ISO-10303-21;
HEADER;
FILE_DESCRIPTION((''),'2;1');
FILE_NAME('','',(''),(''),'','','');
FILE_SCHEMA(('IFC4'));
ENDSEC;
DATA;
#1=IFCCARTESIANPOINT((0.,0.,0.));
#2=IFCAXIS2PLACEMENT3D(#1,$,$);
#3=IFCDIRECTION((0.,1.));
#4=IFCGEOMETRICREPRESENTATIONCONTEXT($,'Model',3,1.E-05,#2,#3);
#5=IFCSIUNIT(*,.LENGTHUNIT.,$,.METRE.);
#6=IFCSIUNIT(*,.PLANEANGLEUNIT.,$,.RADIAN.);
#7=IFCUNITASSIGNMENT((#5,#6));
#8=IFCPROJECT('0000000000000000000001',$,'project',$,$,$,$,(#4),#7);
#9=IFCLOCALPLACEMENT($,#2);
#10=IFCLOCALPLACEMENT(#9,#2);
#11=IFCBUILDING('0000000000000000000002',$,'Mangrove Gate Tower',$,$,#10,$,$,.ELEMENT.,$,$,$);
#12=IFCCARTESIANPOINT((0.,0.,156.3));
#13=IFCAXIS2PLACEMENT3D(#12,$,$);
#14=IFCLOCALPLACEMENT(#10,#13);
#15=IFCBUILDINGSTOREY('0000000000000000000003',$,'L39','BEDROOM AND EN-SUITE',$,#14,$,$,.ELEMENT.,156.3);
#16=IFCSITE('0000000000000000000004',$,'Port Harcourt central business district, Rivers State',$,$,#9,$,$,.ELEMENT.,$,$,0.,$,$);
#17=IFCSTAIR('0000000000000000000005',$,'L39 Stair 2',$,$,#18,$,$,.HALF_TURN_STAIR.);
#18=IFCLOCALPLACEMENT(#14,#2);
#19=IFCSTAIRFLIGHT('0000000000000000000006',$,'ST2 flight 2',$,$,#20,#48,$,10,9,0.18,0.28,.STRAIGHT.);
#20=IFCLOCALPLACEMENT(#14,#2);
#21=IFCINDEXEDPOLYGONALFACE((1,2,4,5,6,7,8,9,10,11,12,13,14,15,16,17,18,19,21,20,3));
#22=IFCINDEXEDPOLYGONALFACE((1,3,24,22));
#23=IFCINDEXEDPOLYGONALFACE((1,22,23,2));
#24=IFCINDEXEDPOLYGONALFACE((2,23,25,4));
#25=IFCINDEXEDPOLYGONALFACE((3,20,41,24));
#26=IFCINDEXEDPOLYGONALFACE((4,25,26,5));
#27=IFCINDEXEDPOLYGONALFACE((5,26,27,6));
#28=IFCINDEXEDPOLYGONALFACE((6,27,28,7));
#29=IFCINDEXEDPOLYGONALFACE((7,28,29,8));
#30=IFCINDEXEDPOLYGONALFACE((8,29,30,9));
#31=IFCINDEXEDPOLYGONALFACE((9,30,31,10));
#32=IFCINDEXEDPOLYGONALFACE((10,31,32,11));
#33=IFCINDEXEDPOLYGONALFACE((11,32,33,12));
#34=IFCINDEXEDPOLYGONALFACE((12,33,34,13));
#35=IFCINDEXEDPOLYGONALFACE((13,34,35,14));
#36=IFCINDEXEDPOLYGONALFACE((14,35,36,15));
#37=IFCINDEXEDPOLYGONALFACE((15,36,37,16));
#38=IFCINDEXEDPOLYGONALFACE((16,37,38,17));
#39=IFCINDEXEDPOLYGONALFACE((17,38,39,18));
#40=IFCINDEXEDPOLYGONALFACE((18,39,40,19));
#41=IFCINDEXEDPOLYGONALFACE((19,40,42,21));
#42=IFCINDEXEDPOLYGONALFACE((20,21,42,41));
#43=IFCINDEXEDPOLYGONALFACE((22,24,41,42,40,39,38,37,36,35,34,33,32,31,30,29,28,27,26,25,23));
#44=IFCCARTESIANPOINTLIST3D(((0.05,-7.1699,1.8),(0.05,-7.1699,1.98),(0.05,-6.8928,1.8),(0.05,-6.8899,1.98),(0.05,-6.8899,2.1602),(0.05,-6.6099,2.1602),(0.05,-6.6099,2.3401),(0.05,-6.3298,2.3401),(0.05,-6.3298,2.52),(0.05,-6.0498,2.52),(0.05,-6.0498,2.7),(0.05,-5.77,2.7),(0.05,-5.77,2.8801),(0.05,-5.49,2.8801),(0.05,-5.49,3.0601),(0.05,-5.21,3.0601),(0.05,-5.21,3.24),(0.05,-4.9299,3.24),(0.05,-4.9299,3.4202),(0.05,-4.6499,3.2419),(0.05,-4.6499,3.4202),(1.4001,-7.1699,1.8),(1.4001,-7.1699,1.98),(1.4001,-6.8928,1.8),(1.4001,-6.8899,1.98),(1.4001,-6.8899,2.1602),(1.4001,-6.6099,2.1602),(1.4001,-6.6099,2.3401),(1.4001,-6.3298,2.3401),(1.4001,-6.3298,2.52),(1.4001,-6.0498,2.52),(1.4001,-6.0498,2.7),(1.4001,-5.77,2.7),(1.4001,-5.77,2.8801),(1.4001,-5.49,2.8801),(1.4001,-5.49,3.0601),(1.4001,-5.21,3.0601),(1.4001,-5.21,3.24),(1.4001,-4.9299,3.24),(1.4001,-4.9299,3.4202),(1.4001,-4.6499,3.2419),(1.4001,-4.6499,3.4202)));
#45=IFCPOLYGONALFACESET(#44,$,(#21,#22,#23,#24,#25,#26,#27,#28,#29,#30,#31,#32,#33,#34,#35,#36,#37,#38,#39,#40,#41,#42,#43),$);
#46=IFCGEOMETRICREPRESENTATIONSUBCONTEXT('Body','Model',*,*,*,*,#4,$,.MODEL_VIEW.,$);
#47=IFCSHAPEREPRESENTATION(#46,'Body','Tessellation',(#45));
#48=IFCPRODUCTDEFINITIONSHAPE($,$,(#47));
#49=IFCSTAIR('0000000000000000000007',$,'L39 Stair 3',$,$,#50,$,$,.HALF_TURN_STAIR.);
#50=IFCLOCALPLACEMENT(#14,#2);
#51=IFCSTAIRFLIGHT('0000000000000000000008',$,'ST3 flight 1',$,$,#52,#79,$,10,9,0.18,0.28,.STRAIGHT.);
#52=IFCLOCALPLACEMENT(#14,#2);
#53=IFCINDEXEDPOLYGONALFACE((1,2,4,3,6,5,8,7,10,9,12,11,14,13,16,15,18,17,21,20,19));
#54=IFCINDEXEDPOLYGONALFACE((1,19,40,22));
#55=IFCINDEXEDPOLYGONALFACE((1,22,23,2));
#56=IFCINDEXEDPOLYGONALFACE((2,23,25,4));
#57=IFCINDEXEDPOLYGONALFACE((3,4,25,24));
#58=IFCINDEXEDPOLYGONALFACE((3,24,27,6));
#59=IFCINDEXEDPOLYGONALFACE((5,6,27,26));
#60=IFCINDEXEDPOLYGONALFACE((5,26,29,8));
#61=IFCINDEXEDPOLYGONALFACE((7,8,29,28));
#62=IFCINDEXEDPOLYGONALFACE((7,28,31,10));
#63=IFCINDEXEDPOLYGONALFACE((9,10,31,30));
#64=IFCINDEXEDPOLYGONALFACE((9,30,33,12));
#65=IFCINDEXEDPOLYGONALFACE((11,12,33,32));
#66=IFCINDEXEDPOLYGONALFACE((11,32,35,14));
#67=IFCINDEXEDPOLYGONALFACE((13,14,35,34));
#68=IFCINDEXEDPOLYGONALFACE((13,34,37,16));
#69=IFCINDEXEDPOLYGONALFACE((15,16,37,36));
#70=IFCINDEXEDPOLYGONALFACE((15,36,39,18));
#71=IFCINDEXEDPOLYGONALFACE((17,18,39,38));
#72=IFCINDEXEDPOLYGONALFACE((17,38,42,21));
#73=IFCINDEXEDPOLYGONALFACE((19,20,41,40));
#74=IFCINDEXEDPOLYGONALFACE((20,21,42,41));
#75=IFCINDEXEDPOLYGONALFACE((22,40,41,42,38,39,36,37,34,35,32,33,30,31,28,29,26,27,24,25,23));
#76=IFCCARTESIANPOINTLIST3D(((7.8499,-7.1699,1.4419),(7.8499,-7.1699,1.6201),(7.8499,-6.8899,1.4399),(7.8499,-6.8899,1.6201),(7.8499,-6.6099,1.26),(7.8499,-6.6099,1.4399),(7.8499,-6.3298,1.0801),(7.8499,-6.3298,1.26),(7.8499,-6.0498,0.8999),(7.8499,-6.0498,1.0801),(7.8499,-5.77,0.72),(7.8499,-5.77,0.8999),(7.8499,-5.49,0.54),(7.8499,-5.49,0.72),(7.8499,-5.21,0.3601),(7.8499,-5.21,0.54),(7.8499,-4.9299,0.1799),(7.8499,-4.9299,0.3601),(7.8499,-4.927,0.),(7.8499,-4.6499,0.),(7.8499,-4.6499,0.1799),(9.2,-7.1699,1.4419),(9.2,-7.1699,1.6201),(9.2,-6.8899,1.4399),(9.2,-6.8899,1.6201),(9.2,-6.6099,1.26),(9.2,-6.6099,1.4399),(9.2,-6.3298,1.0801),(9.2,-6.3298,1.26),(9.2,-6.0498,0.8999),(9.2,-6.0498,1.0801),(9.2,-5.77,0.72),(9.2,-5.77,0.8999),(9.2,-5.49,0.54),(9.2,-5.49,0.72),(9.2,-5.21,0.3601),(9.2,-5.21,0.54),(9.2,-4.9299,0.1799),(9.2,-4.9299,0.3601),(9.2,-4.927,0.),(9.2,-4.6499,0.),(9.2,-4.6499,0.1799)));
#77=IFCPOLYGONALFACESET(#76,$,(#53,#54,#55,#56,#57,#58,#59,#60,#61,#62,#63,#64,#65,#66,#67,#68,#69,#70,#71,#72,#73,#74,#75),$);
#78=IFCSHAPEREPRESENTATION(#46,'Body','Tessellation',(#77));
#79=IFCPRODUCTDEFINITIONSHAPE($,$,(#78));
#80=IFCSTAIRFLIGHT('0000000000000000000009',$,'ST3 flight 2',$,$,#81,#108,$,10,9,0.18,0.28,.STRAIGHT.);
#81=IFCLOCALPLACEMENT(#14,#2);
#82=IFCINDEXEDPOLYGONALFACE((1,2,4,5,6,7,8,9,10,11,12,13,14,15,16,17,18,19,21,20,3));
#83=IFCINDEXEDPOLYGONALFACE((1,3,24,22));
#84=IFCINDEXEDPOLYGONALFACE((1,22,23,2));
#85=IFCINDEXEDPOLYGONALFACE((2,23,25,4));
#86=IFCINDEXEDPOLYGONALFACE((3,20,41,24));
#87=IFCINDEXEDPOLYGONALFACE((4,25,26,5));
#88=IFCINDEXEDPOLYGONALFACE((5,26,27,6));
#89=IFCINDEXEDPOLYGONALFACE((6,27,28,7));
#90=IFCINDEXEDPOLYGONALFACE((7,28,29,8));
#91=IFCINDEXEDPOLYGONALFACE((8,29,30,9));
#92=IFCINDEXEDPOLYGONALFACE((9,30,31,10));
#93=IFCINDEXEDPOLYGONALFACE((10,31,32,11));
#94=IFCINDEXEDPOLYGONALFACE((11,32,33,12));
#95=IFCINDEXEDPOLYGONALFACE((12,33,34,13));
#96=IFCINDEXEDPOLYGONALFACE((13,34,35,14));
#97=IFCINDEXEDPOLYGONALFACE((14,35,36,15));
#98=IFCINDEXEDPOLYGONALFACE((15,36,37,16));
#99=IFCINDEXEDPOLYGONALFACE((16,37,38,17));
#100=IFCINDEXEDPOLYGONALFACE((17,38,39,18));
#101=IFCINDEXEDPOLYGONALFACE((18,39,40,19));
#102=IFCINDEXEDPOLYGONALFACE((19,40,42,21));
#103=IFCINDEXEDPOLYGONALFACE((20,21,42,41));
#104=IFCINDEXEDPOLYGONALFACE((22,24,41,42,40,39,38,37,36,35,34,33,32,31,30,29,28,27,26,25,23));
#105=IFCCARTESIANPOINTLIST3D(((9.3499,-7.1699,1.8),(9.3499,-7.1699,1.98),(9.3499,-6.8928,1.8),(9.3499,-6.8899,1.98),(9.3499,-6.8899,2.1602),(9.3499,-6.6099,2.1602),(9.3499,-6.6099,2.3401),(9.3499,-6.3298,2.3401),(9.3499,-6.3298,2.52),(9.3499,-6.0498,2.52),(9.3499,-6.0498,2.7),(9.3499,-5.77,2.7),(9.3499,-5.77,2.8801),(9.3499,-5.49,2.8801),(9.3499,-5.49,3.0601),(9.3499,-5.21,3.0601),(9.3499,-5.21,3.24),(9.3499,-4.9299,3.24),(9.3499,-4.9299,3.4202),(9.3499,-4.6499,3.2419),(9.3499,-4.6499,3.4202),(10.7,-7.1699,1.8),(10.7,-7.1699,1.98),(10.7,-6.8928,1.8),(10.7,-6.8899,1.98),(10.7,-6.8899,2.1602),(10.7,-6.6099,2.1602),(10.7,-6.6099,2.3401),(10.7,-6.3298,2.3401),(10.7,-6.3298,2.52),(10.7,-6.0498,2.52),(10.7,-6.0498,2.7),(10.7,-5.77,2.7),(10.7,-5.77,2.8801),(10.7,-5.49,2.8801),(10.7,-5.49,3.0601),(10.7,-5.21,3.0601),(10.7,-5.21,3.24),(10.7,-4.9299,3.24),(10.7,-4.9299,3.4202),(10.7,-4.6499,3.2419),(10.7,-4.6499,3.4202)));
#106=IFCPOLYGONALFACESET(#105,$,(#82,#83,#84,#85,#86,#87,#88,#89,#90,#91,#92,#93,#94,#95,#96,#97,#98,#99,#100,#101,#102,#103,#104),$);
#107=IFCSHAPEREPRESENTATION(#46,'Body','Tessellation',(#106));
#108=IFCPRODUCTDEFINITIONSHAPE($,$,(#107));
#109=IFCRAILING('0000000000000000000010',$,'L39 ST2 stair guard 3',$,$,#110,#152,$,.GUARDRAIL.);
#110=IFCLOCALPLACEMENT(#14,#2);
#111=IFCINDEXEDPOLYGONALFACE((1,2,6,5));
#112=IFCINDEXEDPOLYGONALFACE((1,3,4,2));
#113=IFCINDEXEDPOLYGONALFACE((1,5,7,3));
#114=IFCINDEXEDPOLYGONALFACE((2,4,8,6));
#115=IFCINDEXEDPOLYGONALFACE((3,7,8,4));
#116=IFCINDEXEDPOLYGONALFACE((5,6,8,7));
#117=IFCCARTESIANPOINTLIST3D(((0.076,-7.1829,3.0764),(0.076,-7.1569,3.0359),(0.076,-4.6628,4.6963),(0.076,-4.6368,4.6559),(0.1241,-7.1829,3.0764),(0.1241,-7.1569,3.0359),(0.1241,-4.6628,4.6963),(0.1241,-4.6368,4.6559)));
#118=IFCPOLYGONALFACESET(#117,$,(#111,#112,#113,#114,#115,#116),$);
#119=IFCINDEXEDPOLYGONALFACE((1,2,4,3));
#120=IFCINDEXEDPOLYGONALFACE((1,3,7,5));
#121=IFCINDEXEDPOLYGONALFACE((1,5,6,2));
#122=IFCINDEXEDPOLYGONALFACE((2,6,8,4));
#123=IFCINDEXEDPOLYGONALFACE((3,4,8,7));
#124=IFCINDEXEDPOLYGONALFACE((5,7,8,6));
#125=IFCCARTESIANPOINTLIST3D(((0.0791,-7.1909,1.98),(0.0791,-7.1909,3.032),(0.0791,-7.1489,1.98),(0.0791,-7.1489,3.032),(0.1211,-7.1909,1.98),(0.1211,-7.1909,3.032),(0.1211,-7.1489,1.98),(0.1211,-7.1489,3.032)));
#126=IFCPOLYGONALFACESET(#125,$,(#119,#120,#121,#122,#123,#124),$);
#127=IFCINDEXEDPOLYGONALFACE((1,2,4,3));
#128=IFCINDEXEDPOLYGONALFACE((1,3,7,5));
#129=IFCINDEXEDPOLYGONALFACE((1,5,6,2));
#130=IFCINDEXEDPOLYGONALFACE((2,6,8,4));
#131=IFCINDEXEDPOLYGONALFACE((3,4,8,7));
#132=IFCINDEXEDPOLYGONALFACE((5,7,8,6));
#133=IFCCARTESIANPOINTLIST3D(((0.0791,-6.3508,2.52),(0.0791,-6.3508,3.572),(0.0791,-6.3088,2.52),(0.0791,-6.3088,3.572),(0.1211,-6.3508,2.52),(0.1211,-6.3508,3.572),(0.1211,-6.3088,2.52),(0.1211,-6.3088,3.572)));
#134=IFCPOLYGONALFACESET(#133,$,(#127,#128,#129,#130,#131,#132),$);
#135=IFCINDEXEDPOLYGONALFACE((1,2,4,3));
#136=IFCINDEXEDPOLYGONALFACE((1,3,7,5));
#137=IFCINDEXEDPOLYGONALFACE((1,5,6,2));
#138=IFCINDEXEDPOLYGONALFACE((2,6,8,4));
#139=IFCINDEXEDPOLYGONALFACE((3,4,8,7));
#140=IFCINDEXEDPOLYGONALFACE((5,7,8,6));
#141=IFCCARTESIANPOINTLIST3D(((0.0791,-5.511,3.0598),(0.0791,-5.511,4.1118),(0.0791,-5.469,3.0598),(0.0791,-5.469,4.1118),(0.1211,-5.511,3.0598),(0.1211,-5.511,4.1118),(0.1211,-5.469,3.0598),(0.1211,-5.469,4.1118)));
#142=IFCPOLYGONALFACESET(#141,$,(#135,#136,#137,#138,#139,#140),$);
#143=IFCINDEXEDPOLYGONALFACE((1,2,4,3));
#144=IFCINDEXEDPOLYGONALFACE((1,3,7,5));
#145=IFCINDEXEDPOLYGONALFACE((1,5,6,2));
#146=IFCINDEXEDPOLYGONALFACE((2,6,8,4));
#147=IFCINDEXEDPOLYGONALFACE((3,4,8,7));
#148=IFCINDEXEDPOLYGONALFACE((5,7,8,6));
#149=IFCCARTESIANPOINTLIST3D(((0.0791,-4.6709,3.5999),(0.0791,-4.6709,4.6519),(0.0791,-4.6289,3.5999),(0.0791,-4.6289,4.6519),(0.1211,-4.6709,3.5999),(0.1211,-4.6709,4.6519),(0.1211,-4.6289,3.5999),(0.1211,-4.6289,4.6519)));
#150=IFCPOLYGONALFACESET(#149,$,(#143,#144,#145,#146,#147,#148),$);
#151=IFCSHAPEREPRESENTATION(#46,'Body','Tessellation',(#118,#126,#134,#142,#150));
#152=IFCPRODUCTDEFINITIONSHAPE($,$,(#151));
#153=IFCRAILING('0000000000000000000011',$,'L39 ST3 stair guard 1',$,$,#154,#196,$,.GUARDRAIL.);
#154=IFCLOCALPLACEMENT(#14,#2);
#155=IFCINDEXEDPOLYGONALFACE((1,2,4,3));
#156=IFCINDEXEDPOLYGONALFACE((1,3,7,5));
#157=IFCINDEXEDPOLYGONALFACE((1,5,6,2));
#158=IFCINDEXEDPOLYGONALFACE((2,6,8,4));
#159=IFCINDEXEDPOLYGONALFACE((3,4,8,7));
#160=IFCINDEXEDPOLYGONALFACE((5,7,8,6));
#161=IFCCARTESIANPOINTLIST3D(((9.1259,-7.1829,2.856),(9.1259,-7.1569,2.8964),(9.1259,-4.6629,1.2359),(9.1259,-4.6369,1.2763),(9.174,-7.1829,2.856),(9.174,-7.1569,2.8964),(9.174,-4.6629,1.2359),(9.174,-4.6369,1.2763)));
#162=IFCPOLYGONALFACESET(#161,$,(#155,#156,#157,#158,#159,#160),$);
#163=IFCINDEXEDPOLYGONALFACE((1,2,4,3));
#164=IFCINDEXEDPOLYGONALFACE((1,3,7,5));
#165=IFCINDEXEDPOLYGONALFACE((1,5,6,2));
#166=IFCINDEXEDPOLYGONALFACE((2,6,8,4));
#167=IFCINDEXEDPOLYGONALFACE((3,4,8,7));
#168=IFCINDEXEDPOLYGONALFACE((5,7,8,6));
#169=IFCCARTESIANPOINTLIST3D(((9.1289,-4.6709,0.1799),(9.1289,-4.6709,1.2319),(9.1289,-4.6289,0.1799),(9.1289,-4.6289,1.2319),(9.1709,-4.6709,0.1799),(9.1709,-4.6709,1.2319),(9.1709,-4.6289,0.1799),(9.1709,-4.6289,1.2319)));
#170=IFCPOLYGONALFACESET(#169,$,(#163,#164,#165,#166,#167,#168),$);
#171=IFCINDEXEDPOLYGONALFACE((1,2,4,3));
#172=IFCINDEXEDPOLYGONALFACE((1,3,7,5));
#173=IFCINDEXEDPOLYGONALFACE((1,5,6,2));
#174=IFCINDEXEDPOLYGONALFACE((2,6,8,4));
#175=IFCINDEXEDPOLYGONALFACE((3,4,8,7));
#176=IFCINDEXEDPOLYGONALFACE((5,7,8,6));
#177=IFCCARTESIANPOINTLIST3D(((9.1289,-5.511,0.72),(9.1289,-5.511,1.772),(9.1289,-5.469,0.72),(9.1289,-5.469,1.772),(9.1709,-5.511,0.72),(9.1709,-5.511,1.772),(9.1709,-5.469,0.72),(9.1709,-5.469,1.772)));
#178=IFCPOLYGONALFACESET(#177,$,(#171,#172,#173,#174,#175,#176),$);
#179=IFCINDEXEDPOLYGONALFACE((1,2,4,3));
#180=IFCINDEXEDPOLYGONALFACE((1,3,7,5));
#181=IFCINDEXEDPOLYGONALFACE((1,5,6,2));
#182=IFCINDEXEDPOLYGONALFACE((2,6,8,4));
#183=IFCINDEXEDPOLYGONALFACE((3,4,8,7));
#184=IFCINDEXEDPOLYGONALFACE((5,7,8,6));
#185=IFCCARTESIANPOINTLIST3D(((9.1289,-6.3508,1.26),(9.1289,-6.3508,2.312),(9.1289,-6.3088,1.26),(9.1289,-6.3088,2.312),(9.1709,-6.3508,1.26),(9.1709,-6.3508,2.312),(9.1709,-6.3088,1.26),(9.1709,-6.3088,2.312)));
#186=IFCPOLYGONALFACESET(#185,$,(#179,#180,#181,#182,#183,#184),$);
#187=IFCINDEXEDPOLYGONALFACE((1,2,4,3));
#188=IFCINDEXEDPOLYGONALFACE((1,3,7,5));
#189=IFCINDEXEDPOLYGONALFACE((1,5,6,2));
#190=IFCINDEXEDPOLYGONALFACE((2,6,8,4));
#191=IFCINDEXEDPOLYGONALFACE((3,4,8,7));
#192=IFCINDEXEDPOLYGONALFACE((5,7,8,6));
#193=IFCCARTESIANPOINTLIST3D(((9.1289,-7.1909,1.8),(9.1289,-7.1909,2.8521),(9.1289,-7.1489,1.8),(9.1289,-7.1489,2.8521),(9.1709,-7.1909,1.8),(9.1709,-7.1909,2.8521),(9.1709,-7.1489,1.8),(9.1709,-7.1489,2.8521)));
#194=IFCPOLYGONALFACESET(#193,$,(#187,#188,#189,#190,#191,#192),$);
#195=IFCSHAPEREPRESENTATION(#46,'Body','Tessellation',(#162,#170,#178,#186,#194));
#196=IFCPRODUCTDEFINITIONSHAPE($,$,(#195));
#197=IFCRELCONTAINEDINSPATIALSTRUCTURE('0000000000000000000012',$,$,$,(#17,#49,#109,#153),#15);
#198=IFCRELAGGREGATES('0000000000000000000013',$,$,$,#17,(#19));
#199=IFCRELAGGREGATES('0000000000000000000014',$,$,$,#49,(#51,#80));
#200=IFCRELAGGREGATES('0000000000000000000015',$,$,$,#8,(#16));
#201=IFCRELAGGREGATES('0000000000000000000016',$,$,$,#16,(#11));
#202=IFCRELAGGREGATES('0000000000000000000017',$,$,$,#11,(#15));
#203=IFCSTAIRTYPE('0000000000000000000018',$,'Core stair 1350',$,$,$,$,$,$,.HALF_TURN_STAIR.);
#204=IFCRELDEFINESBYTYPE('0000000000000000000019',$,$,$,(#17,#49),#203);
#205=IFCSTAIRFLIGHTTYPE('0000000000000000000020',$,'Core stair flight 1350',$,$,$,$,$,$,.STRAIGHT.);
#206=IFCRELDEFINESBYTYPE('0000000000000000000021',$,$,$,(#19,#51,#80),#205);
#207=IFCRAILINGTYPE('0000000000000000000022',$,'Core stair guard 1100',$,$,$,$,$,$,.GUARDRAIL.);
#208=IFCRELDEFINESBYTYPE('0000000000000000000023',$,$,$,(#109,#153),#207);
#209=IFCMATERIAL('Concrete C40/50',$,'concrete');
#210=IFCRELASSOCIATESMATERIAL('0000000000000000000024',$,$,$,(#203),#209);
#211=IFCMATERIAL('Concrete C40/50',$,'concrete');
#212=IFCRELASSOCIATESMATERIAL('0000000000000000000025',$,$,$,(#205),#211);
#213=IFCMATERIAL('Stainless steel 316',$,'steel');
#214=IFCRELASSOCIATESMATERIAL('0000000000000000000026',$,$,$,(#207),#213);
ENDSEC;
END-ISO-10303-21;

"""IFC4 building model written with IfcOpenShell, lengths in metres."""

from ifc_helpers import new_model, si_unit, direction, frame, origin, origin_2d, place, context, subcontext, project, spatial, polyline, rectangle, outline, extrude, material, type_object, element, aggregate, save


model = new_model("IFC4")

# Units and contexts
model_context = context("Model", 3, precision=1e-05, world=origin(), true_north=direction((0.0, 1.0)))
body_context = subcontext(model_context, "Body", "Model", "MODEL_VIEW")
ifc_project = project(units=[si_unit("LENGTHUNIT", "METRE"), si_unit("PLANEANGLEUNIT", "RADIAN")], contexts=[model_context])

# Site, building, storey
site_placement = place(None, origin())
site = spatial("IfcSite", under=ifc_project, at=site_placement, Name="Port Harcourt central business district, Rivers State", CompositionType="ELEMENT", RefElevation=0.0)
building_placement = place(site_placement, origin())
building = spatial("IfcBuilding", under=site, at=building_placement, Name="Mangrove Gate Tower", CompositionType="ELEMENT")
storey_placement = place(building_placement, frame((0.0, 0.0, 156.3)))
storey = spatial("IfcBuildingStorey", under=building, at=storey_placement, Name="L39", Description="BEDROOM AND EN-SUITE", CompositionType="ELEMENT", Elevation=156.3)

# Stair, stair flight
ifc_material_1 = material(Name="Concrete C40/50", Category="concrete")
stair_type = type_object("IfcStairType", Name="Core stair 1350", PredefinedType="HALF_TURN_STAIR", material=ifc_material_1)
stair_1_placement = place(storey_placement, origin())
stair_1 = element("IfcStair", 1, at=stair_1_placement, inside=storey, type_object=stair_type, Name="L39 Stair 2", PredefinedType="HALF_TURN_STAIR")
ifc_material_2 = material(Name="Concrete C40/50", Category="concrete")
stair_flight_type = type_object("IfcStairFlightType", Name="Core stair flight 1350", PredefinedType="STRAIGHT", material=ifc_material_2)
stair_flight_1_placement = place(storey_placement, frame((0.7251, -7.1699, 1.8), z_axis=(0.0, 0.0, 1.0), x_axis=(0.0, 1.0, 0.0)))
stair_flight_1 = element("IfcStairFlight", 2, at=stair_flight_1_placement, type_object=stair_flight_type, Name="ST2 flight 2", NumberOfRisers=10, NumberOfTreads=9, PredefinedType="STRAIGHT", RiserHeight=0.18, TreadLength=0.28, context=body_context, shape_type="SweptSolid", body=[
    extrude(outline(polyline([(0.0, 0.0), (0.0, 0.1799), (0.28, 0.1799), (0.28, 0.3601), (0.5601, 0.3601), (0.5601, 0.54), (0.8401, 0.54), (0.8401, 0.72), (1.1201, 0.72), (1.1201, 0.8999), (1.3999, 0.8999), (1.3999, 1.0801), (1.6799, 1.0801), (1.6799, 1.26), (1.96, 1.26), (1.96, 1.4399), (2.24, 1.4399), (2.24, 1.6201), (2.52, 1.6201), (2.52, 1.8), (2.52, 1.4419), (0.2771, 0.0), (0.0, 0.0)])), frame((0.0, 0.675, 0.0), z_axis=(0.0, -1.0, 0.0), x_axis=(1.0, 0.0, 0.0)), (0.0, 0.0, 1.0), 1.3501),
])
aggregate(stair_1, [stair_flight_1])

# Stair, stair flights
stair_2_placement = place(storey_placement, origin())
stair_2 = element("IfcStair", 3, at=stair_2_placement, inside=storey, type_object=stair_type, Name="L39 Stair 3", PredefinedType="HALF_TURN_STAIR")
stair_flight_2_placement = place(storey_placement, frame((8.5249, -4.6499, 0.0), z_axis=(0.0, 0.0, 1.0), x_axis=(0.0, -1.0, 0.0)))
stair_flight_2 = element("IfcStairFlight", 4, at=stair_flight_2_placement, type_object=stair_flight_type, Name="ST3 flight 1", NumberOfRisers=10, NumberOfTreads=9, PredefinedType="STRAIGHT", RiserHeight=0.18, TreadLength=0.28, context=body_context, shape_type="SweptSolid", body=[
    extrude(outline(polyline([(0.0, 0.0), (0.0, 0.1799), (0.28, 0.1799), (0.28, 0.3601), (0.5601, 0.3601), (0.5601, 0.54), (0.8401, 0.54), (0.8401, 0.72), (1.1201, 0.72), (1.1201, 0.8999), (1.3999, 0.8999), (1.3999, 1.0801), (1.6799, 1.0801), (1.6799, 1.26), (1.96, 1.26), (1.96, 1.4399), (2.24, 1.4399), (2.24, 1.6201), (2.52, 1.6201), (2.52, 1.8), (2.52, 1.4419), (0.2771, 0.0), (0.0, 0.0)])), frame((0.0, 0.675, 0.0), z_axis=(0.0, -1.0, 0.0), x_axis=(1.0, 0.0, 0.0)), (0.0, 0.0, 1.0), 1.3501),
])
stair_flight_3_placement = place(storey_placement, frame((10.0249, -7.1699, 1.8), z_axis=(0.0, 0.0, 1.0), x_axis=(0.0, 1.0, 0.0)))
stair_flight_3 = element("IfcStairFlight", 5, at=stair_flight_3_placement, type_object=stair_flight_type, Name="ST3 flight 2", NumberOfRisers=10, NumberOfTreads=9, PredefinedType="STRAIGHT", RiserHeight=0.18, TreadLength=0.28, context=body_context, shape_type="SweptSolid", body=[
    extrude(outline(polyline([(0.0, 0.0), (0.0, 0.1799), (0.28, 0.1799), (0.28, 0.3601), (0.5601, 0.3601), (0.5601, 0.54), (0.8401, 0.54), (0.8401, 0.72), (1.1201, 0.72), (1.1201, 0.8999), (1.3999, 0.8999), (1.3999, 1.0801), (1.6799, 1.0801), (1.6799, 1.26), (1.96, 1.26), (1.96, 1.4399), (2.24, 1.4399), (2.24, 1.6201), (2.52, 1.6201), (2.52, 1.8), (2.52, 1.4419), (0.2771, 0.0), (0.0, 0.0)])), frame((0.0, 0.675, 0.0), z_axis=(0.0, -1.0, 0.0), x_axis=(1.0, 0.0, 0.0)), (0.0, 0.0, 1.0), 1.3501),
])
aggregate(stair_2, [stair_flight_2, stair_flight_3])

# Railings
ifc_material_3 = material(Name="Stainless steel 316", Category="steel")
railing_type_1 = type_object("IfcRailingType", Name="Core stair guard 1100", PredefinedType="GUARDRAIL", material=ifc_material_3)
railing_1_placement = place(storey_placement, frame((0.1001, -7.1699, 1.98)))
element("IfcRailing", 6, at=railing_1_placement, inside=storey, type_object=railing_type_1, Name="L39 ST2 stair guard 3", PredefinedType="GUARDRAIL", context=body_context, shape_type="SweptSolid", body=[
    extrude(rectangle(XDim=0.0481, YDim=0.0481, at=origin_2d()), frame((0.0, 0.0, 1.0762), z_axis=(0.0, 0.8412, 0.540725), x_axis=(-1.0, 0.0, 0.0)), (0.0, 0.0, 1.0), 2.9958),
    extrude(rectangle(XDim=0.042, YDim=0.042, at=origin_2d()), origin(), (0.0, 0.0, 1.0), 1.052),
    extrude(rectangle(XDim=0.042, YDim=0.042, at=origin_2d()), frame((0.0, 0.8401, 0.54)), (0.0, 0.0, 1.0), 1.052),
    extrude(rectangle(XDim=0.042, YDim=0.042, at=origin_2d()), frame((0.0, 1.6799, 1.0798)), (0.0, 0.0, 1.0), 1.052),
    extrude(rectangle(XDim=0.042, YDim=0.042, at=origin_2d()), frame((0.0, 2.52, 1.6199)), (0.0, 0.0, 1.0), 1.052),
])
railing_2_placement = place(storey_placement, frame((9.1499, -4.6499, 0.1799)))
element("IfcRailing", 7, at=railing_2_placement, inside=storey, type_object=railing_type_1, Name="L39 ST3 stair guard 1", PredefinedType="GUARDRAIL", context=body_context, shape_type="SweptSolid", body=[
    extrude(rectangle(XDim=0.0481, YDim=0.0481, at=origin_2d()), frame((0.0, 0.0, 1.0762), z_axis=(0.0, -0.841163, 0.540782), x_axis=(1.0, 0.0, 0.0)), (0.0, 0.0, 1.0), 2.9958),
    extrude(rectangle(XDim=0.042, YDim=0.042, at=origin_2d()), origin(), (0.0, 0.0, 1.0), 1.052),
    extrude(rectangle(XDim=0.042, YDim=0.042, at=origin_2d()), frame((0.0, -0.8401, 0.54)), (0.0, 0.0, 1.0), 1.052),
    extrude(rectangle(XDim=0.042, YDim=0.042, at=origin_2d()), frame((0.0, -1.6799, 1.0801)), (0.0, 0.0, 1.0), 1.052),
    extrude(rectangle(XDim=0.042, YDim=0.042, at=origin_2d()), frame((0.0, -2.52, 1.6201)), (0.0, 0.0, 1.0), 1.052),
])

save(model, "model.ifc")
